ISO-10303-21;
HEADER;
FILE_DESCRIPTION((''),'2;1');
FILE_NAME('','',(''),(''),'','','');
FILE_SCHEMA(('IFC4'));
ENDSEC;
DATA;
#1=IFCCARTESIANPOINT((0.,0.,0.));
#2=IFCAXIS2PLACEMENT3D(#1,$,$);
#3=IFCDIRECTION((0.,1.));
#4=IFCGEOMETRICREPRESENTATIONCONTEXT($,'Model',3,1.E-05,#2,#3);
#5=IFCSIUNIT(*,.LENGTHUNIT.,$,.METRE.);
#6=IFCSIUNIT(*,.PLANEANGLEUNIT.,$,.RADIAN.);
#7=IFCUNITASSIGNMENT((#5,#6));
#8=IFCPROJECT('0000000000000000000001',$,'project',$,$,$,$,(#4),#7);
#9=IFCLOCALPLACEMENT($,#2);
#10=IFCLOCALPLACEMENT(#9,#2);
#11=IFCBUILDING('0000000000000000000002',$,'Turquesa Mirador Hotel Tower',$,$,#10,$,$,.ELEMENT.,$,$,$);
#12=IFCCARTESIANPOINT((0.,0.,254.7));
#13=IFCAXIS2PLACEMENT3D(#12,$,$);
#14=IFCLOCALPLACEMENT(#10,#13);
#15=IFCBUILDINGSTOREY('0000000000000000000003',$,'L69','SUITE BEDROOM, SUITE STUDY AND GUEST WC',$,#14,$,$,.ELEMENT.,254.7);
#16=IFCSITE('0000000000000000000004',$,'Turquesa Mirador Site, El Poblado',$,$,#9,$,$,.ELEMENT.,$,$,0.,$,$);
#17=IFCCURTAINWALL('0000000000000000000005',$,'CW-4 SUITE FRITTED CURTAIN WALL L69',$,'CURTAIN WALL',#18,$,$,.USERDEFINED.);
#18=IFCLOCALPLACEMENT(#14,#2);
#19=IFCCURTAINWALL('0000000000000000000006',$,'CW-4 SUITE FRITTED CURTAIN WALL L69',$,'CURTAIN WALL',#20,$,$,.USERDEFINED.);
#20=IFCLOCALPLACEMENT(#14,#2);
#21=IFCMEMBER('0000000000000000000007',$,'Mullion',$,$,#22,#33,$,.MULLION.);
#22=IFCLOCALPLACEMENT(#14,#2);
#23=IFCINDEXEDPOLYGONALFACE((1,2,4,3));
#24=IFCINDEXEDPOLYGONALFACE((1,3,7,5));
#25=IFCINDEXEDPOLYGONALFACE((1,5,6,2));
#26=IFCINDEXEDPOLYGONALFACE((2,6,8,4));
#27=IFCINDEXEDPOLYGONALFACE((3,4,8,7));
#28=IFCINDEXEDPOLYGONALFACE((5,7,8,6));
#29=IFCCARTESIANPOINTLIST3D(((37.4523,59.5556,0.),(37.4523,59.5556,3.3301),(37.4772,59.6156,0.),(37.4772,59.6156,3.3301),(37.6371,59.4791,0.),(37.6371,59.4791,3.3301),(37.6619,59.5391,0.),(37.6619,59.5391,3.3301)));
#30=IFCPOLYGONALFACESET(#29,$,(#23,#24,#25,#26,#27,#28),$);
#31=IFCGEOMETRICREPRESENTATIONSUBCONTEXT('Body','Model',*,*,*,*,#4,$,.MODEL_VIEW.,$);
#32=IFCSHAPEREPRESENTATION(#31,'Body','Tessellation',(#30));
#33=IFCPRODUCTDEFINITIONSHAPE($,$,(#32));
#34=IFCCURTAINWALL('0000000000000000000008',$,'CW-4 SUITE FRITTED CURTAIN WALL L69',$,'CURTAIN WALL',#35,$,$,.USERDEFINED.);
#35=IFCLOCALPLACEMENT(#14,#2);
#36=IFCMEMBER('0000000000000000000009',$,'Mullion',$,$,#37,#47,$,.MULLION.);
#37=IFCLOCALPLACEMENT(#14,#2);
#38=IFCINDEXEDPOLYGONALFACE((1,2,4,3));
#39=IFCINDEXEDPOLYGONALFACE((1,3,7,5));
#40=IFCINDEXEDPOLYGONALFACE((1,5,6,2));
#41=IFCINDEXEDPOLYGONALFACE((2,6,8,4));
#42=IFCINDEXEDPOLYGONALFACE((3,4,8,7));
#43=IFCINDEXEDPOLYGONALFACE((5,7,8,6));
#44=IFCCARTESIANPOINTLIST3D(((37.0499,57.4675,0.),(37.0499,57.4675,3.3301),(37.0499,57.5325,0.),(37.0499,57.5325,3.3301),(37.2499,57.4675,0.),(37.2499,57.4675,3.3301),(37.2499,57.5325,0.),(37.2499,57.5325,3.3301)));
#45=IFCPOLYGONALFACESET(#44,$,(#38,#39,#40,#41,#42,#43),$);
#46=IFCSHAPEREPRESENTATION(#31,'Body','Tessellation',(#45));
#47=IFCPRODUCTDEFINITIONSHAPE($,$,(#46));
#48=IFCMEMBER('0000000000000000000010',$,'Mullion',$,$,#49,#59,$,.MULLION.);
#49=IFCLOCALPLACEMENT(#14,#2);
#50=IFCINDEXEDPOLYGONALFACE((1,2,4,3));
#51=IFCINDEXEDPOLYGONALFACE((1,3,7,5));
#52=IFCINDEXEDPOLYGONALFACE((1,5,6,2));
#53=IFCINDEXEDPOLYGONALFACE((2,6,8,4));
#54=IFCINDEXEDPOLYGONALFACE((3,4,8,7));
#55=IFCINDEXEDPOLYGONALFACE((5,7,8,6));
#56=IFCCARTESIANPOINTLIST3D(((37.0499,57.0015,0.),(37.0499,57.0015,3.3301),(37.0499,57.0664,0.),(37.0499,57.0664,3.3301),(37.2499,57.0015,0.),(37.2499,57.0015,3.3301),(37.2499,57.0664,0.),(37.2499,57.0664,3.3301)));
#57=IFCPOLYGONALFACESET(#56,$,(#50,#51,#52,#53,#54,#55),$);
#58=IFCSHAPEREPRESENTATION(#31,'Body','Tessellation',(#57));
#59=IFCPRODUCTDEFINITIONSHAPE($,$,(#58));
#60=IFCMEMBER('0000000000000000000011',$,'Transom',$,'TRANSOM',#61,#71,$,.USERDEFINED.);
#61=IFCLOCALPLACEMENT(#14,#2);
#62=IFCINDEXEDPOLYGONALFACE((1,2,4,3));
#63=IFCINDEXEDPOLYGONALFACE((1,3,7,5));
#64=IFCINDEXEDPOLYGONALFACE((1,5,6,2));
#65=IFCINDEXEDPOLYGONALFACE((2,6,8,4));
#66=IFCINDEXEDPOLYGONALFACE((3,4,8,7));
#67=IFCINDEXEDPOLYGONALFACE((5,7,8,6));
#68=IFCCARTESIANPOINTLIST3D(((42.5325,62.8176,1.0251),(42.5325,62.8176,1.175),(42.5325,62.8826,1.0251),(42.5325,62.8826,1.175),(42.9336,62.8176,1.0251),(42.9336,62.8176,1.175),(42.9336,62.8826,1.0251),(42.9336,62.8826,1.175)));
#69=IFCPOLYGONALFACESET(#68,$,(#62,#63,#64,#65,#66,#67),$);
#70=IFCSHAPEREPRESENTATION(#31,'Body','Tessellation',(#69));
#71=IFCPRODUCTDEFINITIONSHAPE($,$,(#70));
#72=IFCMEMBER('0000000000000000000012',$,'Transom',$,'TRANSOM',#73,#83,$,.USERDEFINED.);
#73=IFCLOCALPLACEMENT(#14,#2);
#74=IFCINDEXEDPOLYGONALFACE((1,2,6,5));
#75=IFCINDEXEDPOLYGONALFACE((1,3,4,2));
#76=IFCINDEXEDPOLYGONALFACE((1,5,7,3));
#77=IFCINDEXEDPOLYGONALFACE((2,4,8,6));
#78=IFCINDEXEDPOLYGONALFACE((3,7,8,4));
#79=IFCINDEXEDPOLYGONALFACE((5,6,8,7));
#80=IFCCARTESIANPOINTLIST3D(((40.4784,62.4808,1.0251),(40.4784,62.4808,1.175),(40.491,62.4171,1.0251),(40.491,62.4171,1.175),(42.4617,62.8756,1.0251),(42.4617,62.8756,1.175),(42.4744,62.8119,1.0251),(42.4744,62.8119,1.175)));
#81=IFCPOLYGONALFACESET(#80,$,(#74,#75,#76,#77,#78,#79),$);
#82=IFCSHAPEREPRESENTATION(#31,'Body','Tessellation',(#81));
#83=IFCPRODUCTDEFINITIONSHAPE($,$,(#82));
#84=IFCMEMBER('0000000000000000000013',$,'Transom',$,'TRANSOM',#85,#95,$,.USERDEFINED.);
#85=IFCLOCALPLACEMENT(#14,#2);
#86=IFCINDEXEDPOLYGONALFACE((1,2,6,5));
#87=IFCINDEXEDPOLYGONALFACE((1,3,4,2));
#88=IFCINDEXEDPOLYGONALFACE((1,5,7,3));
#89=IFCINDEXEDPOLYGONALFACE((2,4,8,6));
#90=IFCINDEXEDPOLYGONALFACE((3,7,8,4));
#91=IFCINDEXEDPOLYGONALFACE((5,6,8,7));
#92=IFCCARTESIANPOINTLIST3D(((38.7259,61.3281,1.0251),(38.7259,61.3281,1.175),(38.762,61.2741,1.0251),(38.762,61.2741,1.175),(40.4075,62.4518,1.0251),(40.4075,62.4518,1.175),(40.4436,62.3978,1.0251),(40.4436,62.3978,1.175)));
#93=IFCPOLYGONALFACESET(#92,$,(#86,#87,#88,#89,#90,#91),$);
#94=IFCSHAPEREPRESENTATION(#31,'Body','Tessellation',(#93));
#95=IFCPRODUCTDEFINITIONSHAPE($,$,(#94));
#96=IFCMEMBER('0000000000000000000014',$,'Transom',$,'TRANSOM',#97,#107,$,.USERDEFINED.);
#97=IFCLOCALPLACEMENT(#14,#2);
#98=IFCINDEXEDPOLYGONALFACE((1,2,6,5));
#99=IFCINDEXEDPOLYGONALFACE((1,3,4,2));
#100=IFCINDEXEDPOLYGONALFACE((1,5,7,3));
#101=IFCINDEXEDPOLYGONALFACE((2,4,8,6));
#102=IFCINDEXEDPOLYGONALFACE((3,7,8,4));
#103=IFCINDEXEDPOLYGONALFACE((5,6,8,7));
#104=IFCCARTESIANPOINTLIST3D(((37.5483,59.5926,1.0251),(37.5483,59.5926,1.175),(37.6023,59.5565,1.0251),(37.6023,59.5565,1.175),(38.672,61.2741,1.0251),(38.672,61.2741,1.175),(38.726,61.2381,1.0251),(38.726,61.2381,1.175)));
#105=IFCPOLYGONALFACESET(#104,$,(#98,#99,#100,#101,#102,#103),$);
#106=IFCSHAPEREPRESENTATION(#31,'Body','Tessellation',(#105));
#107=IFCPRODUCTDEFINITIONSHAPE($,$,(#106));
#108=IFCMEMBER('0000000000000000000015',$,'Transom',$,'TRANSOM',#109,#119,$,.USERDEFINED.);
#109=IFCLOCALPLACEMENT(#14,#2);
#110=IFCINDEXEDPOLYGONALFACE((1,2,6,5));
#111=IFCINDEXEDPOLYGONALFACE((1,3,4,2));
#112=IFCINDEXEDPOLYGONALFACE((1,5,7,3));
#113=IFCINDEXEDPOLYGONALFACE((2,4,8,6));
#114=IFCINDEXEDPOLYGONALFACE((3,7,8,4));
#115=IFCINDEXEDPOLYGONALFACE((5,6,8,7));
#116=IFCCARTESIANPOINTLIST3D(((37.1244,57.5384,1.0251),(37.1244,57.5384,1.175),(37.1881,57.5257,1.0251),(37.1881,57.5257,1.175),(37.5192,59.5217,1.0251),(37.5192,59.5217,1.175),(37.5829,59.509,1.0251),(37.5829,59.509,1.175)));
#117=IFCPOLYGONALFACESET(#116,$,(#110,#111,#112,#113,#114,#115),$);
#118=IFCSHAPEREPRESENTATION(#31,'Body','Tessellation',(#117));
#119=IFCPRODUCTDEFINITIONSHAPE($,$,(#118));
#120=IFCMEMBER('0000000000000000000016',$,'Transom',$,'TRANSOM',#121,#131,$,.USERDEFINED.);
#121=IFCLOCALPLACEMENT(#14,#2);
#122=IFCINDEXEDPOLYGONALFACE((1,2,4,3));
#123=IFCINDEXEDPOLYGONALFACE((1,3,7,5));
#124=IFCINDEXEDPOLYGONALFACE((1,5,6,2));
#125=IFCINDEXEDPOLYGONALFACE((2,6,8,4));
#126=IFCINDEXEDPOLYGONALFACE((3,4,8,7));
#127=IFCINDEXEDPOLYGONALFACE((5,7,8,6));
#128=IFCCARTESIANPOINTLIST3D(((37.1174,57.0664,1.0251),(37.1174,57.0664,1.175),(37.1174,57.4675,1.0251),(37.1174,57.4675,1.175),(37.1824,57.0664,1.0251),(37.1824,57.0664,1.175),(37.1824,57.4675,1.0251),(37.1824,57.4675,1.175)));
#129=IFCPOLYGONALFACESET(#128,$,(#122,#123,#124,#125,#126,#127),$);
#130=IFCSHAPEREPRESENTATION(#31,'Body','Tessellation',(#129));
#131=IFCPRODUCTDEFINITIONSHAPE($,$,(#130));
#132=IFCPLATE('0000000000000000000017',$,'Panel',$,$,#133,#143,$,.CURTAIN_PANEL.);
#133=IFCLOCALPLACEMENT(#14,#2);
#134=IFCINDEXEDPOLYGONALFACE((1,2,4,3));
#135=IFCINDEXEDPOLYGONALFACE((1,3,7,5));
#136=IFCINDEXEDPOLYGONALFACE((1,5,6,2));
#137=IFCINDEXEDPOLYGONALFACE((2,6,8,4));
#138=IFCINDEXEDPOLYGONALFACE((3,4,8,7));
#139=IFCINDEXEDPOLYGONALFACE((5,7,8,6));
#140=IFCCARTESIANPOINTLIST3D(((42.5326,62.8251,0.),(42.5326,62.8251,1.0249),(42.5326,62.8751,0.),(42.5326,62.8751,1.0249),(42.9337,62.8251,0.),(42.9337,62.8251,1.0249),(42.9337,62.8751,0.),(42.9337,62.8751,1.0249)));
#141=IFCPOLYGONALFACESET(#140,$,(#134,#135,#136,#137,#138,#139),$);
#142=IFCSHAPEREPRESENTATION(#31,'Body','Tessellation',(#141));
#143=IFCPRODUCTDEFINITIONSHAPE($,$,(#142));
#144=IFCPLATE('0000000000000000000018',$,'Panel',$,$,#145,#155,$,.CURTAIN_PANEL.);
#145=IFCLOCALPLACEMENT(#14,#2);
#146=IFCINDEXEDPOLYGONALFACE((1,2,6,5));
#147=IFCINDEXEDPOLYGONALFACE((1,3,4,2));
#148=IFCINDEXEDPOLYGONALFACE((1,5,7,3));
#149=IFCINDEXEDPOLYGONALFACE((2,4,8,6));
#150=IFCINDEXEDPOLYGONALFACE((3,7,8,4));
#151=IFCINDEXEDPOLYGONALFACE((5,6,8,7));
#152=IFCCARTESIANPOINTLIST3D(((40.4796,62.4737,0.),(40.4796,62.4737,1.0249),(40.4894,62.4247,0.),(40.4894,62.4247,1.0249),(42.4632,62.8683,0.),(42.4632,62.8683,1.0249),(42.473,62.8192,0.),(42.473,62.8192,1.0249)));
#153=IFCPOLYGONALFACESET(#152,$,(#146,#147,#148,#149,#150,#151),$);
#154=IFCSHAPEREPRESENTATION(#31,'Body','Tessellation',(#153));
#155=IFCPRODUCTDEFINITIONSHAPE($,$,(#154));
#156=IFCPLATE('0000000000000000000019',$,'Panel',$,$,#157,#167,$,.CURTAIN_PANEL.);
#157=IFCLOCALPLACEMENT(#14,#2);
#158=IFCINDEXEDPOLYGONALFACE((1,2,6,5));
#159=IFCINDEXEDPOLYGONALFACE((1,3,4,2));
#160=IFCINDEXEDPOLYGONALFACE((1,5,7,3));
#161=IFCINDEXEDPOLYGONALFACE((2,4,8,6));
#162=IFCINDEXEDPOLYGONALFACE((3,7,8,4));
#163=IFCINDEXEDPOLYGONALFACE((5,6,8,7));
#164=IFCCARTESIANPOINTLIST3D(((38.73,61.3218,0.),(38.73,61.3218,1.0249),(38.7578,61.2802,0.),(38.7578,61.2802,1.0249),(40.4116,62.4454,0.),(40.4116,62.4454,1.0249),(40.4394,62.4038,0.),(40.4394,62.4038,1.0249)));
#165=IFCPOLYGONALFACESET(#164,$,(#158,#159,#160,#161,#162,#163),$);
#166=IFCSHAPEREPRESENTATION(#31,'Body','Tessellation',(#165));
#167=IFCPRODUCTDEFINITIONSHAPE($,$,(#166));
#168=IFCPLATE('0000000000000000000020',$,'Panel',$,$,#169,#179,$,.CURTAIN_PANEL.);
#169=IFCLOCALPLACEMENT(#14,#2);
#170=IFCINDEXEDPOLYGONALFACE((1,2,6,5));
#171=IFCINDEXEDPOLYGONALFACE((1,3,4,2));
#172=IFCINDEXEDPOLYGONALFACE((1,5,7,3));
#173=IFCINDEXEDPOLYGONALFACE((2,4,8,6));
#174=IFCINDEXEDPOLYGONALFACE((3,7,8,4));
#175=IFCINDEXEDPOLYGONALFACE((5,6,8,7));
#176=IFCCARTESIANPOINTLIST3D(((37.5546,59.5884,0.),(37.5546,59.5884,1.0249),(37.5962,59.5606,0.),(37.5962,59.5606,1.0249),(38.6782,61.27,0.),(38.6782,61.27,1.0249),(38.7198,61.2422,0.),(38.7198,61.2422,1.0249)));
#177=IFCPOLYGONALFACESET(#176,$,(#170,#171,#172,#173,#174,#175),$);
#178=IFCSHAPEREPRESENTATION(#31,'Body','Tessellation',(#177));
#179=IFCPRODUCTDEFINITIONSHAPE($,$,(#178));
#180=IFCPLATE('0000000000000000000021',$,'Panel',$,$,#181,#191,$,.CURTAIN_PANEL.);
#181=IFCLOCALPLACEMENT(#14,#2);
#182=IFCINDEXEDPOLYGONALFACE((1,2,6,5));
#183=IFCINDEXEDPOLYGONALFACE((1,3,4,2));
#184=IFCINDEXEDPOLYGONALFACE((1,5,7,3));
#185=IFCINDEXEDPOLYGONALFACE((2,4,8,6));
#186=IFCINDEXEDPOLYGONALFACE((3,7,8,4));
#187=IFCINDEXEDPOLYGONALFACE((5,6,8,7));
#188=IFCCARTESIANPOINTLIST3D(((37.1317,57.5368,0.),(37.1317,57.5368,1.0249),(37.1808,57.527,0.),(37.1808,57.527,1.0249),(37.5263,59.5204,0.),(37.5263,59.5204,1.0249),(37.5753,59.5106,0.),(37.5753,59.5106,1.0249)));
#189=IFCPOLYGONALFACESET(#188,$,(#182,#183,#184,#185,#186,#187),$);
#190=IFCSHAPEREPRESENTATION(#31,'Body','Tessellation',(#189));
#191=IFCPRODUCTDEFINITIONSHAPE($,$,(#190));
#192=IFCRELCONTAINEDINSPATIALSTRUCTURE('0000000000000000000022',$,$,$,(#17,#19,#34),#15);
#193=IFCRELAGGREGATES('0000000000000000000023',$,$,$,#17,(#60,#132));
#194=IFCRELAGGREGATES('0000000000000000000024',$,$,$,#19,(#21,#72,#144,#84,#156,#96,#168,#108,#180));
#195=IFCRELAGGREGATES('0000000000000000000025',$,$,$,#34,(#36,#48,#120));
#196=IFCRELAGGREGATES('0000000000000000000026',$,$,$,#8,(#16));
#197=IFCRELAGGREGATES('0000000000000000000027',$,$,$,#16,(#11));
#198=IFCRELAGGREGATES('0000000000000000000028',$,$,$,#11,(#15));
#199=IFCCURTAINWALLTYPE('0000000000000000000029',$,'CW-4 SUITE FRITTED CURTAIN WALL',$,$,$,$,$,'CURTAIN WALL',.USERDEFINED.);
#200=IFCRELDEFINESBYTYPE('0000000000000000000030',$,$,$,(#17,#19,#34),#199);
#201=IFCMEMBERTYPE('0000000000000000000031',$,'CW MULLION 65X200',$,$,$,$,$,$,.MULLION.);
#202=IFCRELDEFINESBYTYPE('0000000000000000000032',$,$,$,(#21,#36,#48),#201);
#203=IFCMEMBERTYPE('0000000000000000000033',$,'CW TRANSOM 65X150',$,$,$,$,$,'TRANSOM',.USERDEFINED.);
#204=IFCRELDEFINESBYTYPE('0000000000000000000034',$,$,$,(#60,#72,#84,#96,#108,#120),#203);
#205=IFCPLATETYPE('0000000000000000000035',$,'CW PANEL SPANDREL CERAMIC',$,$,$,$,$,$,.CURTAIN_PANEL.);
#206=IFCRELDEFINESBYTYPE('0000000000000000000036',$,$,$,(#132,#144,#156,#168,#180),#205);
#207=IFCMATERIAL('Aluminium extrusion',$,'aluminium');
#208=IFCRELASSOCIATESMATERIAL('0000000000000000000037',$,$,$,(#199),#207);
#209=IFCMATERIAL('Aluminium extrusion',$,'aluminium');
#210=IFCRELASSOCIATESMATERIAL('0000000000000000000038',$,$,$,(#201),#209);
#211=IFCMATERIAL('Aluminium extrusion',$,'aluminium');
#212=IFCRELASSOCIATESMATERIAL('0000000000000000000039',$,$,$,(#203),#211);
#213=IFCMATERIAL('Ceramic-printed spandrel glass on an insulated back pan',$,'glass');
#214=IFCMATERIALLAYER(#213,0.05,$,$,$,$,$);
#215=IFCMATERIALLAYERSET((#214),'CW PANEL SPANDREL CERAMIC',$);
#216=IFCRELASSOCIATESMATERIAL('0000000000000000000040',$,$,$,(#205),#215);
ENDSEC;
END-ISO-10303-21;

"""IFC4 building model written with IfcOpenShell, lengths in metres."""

from ifc_helpers import new_model, si_unit, direction, frame, origin, origin_2d, place, context, subcontext, project, spatial, rectangle, extrude, material, layer, layer_set, material_profile, profile_set, type_object, element, aggregate, save


model = new_model("IFC4")

# Units and contexts
model_context = context("Model", 3, precision=1e-05, world=origin(), true_north=direction((0.0, 1.0)))
body_context = subcontext(model_context, "Body", "Model", "MODEL_VIEW")
ifc_project = project(units=[si_unit("LENGTHUNIT", "METRE"), si_unit("PLANEANGLEUNIT", "RADIAN")], contexts=[model_context])

# Site, building, storey
site_placement = place(None, origin())
site = spatial("IfcSite", under=ifc_project, at=site_placement, Name="Turquesa Mirador Site, El Poblado", CompositionType="ELEMENT", RefElevation=0.0)
building_placement = place(site_placement, origin())
building = spatial("IfcBuilding", under=site, at=building_placement, Name="Turquesa Mirador Hotel Tower", CompositionType="ELEMENT")
storey_placement = place(building_placement, frame((0.0, 0.0, 254.7)))
storey = spatial("IfcBuildingStorey", under=building, at=storey_placement, Name="L69", Description="SUITE BEDROOM, SUITE STUDY AND GUEST WC", CompositionType="ELEMENT", Elevation=254.7)

# Curtain walls, members
ifc_material_1 = material(Name="Aluminium extrusion", Category="aluminium")
curtain_wall_type = type_object("IfcCurtainWallType", Name="CW-4 SUITE FRITTED CURTAIN WALL", ElementType="CURTAIN WALL", PredefinedType="USERDEFINED", material=ifc_material_1)
curtain_wall_1_placement = place(storey_placement, origin())
curtain_wall_1 = element("IfcCurtainWall", 1, at=curtain_wall_1_placement, inside=storey, type_object=curtain_wall_type, Name="CW-4 SUITE FRITTED CURTAIN WALL L69", ObjectType="CURTAIN WALL", PredefinedType="USERDEFINED")
ifc_material_2 = material(Name="Aluminium extrusion", Category="aluminium")
ifc_material_profile_1 = material_profile(ifc_material_2, rectangle(XDim=0.0649, YDim=0.2, at=origin_2d()), Name="MULLION 65X200")
ifc_profile_set_1 = profile_set([ifc_material_profile_1], Name="Aluminium extrusion")
member_type_1 = type_object("IfcMemberType", Name="CW MULLION 65X200", PredefinedType="MULLION", material=ifc_profile_set_1)
curtain_wall_2_placement = place(storey_placement, origin())
curtain_wall_2 = element("IfcCurtainWall", 2, at=curtain_wall_2_placement, inside=storey, type_object=curtain_wall_type, Name="CW-4 SUITE FRITTED CURTAIN WALL L69", ObjectType="CURTAIN WALL", PredefinedType="USERDEFINED")
member_1_placement = place(storey_placement, frame((37.5571, 59.5474, 0.0), z_axis=(0.0, 0.0, 1.0), x_axis=(-0.382683, -0.92388, 0.0)))
member_1 = element("IfcMember", 3, at=member_1_placement, type_object=member_type_1, Name="Mullion", PredefinedType="MULLION", context=body_context, shape_type="SweptSolid", body=[
    extrude(rectangle(XDim=0.0649, YDim=0.2, at=origin_2d()), origin(), (0.0, 0.0, 1.0), 3.3301),
])
curtain_wall_3_placement = place(storey_placement, origin())
curtain_wall_3 = element("IfcCurtainWall", 4, at=curtain_wall_3_placement, inside=storey, type_object=curtain_wall_type, Name="CW-4 SUITE FRITTED CURTAIN WALL L69", ObjectType="CURTAIN WALL", PredefinedType="USERDEFINED")
member_2_placement = place(storey_placement, frame((37.1499, 57.5, 0.0), z_axis=(0.0, 0.0, 1.0), x_axis=(0.0, -1.0, 0.0)))
member_2 = element("IfcMember", 5, at=member_2_placement, type_object=member_type_1, Name="Mullion", PredefinedType="MULLION", context=body_context, shape_type="SweptSolid", body=[
    extrude(rectangle(XDim=0.0649, YDim=0.2, at=origin_2d()), origin(), (0.0, 0.0, 1.0), 3.3301),
])
member_3_placement = place(storey_placement, frame((37.1499, 57.0339, 0.0), z_axis=(0.0, 0.0, 1.0), x_axis=(0.0, -1.0, 0.0)))
member_3 = element("IfcMember", 6, at=member_3_placement, type_object=member_type_1, Name="Mullion", PredefinedType="MULLION", context=body_context, shape_type="SweptSolid", body=[
    extrude(rectangle(XDim=0.0649, YDim=0.2, at=origin_2d()), origin(), (0.0, 0.0, 1.0), 3.3301),
])

# Members
ifc_material_3 = material(Name="Aluminium extrusion", Category="aluminium")
ifc_material_profile_2 = material_profile(ifc_material_3, rectangle(XDim=0.0649, YDim=0.1499, at=origin_2d()), Name="TRANSOM 65X150")
ifc_profile_set_2 = profile_set([ifc_material_profile_2], Name="Aluminium extrusion")
member_type_2 = type_object("IfcMemberType", Name="CW TRANSOM 65X150", ElementType="TRANSOM", PredefinedType="USERDEFINED", material=ifc_profile_set_2)
member_4_placement = place(storey_placement, frame((42.9336, 62.8501, 1.1001), z_axis=(-1.0, 0.0, 0.0), x_axis=(0.0, -1.0, 0.0)))
member_4 = element("IfcMember", 7, at=member_4_placement, type_object=member_type_2, Name="Transom", ObjectType="TRANSOM", PredefinedType="USERDEFINED", context=body_context, shape_type="SweptSolid", body=[
    extrude(rectangle(XDim=0.0649, YDim=0.1499, at=origin_2d()), origin(), (0.0, 0.0, 1.0), 0.4011),
])
member_5_placement = place(storey_placement, frame((42.468, 62.8438, 1.1001), z_axis=(-0.980761, -0.195211, 0.0), x_axis=(0.195211, -0.980761, 0.0)))
member_5 = element("IfcMember", 8, at=member_5_placement, type_object=member_type_2, Name="Transom", ObjectType="TRANSOM", PredefinedType="USERDEFINED", context=body_context, shape_type="SweptSolid", body=[
    extrude(rectangle(XDim=0.0649, YDim=0.1499, at=origin_2d()), origin(), (0.0, 0.0, 1.0), 2.0222),
])
member_6_placement = place(storey_placement, frame((40.4255, 62.4248, 1.1001), z_axis=(-0.831437, -0.555619, 0.0), x_axis=(0.555619, -0.831437, 0.0)))
member_6 = element("IfcMember", 9, at=member_6_placement, type_object=member_type_2, Name="Transom", ObjectType="TRANSOM", PredefinedType="USERDEFINED", context=body_context, shape_type="SweptSolid", body=[
    extrude(rectangle(XDim=0.0649, YDim=0.1499, at=origin_2d()), origin(), (0.0, 0.0, 1.0), 2.0225),
])
member_7_placement = place(storey_placement, frame((38.699, 61.2561, 1.1001), z_axis=(-0.555619, -0.831437, 0.0), x_axis=(0.831437, -0.555619, 0.0)))
member_7 = element("IfcMember", 10, at=member_7_placement, type_object=member_type_2, Name="Transom", ObjectType="TRANSOM", PredefinedType="USERDEFINED", context=body_context, shape_type="SweptSolid", body=[
    extrude(rectangle(XDim=0.0649, YDim=0.1499, at=origin_2d()), origin(), (0.0, 0.0, 1.0), 2.0225),
])
member_8_placement = place(storey_placement, frame((37.551, 59.5154, 1.1001), z_axis=(-0.195211, -0.980761, 0.0), x_axis=(0.980761, -0.195211, 0.0)))
member_8 = element("IfcMember", 11, at=member_8_placement, type_object=member_type_2, Name="Transom", ObjectType="TRANSOM", PredefinedType="USERDEFINED", context=body_context, shape_type="SweptSolid", body=[
    extrude(rectangle(XDim=0.0649, YDim=0.1499, at=origin_2d()), origin(), (0.0, 0.0, 1.0), 2.0222),
])
member_9_placement = place(storey_placement, frame((37.1499, 57.4675, 1.1001), z_axis=(0.0, -1.0, 0.0), x_axis=(1.0, 0.0, 0.0)))
member_9 = element("IfcMember", 12, at=member_9_placement, type_object=member_type_2, Name="Transom", ObjectType="TRANSOM", PredefinedType="USERDEFINED", context=body_context, shape_type="SweptSolid", body=[
    extrude(rectangle(XDim=0.0649, YDim=0.1499, at=origin_2d()), origin(), (0.0, 0.0, 1.0), 0.4011),
])

# Plates
ifc_material_4 = material(Name="Ceramic-printed spandrel glass on an insulated back pan", Category="glass")
ifc_layer_1 = layer(ifc_material_4, 0.05)
ifc_layer_set_1 = layer_set([ifc_layer_1], Name="CW PANEL SPANDREL CERAMIC")
plate_type_1 = type_object("IfcPlateType", Name="CW PANEL SPANDREL CERAMIC", PredefinedType="CURTAIN_PANEL", material=ifc_layer_set_1)
plate_1_placement = place(storey_placement, frame((42.7332, 62.8501, 0.0), z_axis=(0.0, 0.0, 1.0), x_axis=(-1.0, 0.0, 0.0)))
plate_1 = element("IfcPlate", 13, at=plate_1_placement, type_object=plate_type_1, Name="Panel", PredefinedType="CURTAIN_PANEL", context=body_context, shape_type="SweptSolid", body=[
    extrude(rectangle(XDim=0.4011, YDim=0.05, at=origin_2d()), origin(), (0.0, 0.0, 1.0), 1.0249),
])
plate_2_placement = place(storey_placement, frame((41.4763, 62.6465, 0.0), z_axis=(0.0, 0.0, 1.0), x_axis=(-0.980785, -0.195091, 0.0)))
plate_2 = element("IfcPlate", 14, at=plate_2_placement, type_object=plate_type_1, Name="Panel", PredefinedType="CURTAIN_PANEL", context=body_context, shape_type="SweptSolid", body=[
    extrude(rectangle(XDim=2.0225, YDim=0.05, at=origin_2d()), origin(), (0.0, 0.0, 1.0), 1.0249),
])
plate_3_placement = place(storey_placement, frame((39.5847, 61.8628, 0.0), z_axis=(0.0, 0.0, 1.0), x_axis=(-0.83147, -0.55557, 0.0)))
plate_3 = element("IfcPlate", 15, at=plate_3_placement, type_object=plate_type_1, Name="Panel", PredefinedType="CURTAIN_PANEL", context=body_context, shape_type="SweptSolid", body=[
    extrude(rectangle(XDim=2.0225, YDim=0.05, at=origin_2d()), origin(), (0.0, 0.0, 1.0), 1.0249),
])
plate_4_placement = place(storey_placement, frame((38.1372, 60.4153, 0.0), z_axis=(0.0, 0.0, 1.0), x_axis=(-0.55557, -0.83147, 0.0)))
plate_4 = element("IfcPlate", 16, at=plate_4_placement, type_object=plate_type_1, Name="Panel", PredefinedType="CURTAIN_PANEL", context=body_context, shape_type="SweptSolid", body=[
    extrude(rectangle(XDim=2.0225, YDim=0.05, at=origin_2d()), origin(), (0.0, 0.0, 1.0), 1.0249),
])
plate_5_placement = place(storey_placement, frame((37.3535, 58.5237, 0.0), z_axis=(0.0, 0.0, 1.0), x_axis=(-0.195091, -0.980785, 0.0)))
plate_5 = element("IfcPlate", 17, at=plate_5_placement, type_object=plate_type_1, Name="Panel", PredefinedType="CURTAIN_PANEL", context=body_context, shape_type="SweptSolid", body=[
    extrude(rectangle(XDim=2.0225, YDim=0.05, at=origin_2d()), origin(), (0.0, 0.0, 1.0), 1.0249),
])
aggregate(curtain_wall_1, [member_4, plate_1])
aggregate(curtain_wall_2, [member_1, member_5, plate_2, member_6, plate_3, member_7, plate_4, member_8, plate_5])
aggregate(curtain_wall_3, [member_2, member_3, member_9])

save(model, "model.ifc")
